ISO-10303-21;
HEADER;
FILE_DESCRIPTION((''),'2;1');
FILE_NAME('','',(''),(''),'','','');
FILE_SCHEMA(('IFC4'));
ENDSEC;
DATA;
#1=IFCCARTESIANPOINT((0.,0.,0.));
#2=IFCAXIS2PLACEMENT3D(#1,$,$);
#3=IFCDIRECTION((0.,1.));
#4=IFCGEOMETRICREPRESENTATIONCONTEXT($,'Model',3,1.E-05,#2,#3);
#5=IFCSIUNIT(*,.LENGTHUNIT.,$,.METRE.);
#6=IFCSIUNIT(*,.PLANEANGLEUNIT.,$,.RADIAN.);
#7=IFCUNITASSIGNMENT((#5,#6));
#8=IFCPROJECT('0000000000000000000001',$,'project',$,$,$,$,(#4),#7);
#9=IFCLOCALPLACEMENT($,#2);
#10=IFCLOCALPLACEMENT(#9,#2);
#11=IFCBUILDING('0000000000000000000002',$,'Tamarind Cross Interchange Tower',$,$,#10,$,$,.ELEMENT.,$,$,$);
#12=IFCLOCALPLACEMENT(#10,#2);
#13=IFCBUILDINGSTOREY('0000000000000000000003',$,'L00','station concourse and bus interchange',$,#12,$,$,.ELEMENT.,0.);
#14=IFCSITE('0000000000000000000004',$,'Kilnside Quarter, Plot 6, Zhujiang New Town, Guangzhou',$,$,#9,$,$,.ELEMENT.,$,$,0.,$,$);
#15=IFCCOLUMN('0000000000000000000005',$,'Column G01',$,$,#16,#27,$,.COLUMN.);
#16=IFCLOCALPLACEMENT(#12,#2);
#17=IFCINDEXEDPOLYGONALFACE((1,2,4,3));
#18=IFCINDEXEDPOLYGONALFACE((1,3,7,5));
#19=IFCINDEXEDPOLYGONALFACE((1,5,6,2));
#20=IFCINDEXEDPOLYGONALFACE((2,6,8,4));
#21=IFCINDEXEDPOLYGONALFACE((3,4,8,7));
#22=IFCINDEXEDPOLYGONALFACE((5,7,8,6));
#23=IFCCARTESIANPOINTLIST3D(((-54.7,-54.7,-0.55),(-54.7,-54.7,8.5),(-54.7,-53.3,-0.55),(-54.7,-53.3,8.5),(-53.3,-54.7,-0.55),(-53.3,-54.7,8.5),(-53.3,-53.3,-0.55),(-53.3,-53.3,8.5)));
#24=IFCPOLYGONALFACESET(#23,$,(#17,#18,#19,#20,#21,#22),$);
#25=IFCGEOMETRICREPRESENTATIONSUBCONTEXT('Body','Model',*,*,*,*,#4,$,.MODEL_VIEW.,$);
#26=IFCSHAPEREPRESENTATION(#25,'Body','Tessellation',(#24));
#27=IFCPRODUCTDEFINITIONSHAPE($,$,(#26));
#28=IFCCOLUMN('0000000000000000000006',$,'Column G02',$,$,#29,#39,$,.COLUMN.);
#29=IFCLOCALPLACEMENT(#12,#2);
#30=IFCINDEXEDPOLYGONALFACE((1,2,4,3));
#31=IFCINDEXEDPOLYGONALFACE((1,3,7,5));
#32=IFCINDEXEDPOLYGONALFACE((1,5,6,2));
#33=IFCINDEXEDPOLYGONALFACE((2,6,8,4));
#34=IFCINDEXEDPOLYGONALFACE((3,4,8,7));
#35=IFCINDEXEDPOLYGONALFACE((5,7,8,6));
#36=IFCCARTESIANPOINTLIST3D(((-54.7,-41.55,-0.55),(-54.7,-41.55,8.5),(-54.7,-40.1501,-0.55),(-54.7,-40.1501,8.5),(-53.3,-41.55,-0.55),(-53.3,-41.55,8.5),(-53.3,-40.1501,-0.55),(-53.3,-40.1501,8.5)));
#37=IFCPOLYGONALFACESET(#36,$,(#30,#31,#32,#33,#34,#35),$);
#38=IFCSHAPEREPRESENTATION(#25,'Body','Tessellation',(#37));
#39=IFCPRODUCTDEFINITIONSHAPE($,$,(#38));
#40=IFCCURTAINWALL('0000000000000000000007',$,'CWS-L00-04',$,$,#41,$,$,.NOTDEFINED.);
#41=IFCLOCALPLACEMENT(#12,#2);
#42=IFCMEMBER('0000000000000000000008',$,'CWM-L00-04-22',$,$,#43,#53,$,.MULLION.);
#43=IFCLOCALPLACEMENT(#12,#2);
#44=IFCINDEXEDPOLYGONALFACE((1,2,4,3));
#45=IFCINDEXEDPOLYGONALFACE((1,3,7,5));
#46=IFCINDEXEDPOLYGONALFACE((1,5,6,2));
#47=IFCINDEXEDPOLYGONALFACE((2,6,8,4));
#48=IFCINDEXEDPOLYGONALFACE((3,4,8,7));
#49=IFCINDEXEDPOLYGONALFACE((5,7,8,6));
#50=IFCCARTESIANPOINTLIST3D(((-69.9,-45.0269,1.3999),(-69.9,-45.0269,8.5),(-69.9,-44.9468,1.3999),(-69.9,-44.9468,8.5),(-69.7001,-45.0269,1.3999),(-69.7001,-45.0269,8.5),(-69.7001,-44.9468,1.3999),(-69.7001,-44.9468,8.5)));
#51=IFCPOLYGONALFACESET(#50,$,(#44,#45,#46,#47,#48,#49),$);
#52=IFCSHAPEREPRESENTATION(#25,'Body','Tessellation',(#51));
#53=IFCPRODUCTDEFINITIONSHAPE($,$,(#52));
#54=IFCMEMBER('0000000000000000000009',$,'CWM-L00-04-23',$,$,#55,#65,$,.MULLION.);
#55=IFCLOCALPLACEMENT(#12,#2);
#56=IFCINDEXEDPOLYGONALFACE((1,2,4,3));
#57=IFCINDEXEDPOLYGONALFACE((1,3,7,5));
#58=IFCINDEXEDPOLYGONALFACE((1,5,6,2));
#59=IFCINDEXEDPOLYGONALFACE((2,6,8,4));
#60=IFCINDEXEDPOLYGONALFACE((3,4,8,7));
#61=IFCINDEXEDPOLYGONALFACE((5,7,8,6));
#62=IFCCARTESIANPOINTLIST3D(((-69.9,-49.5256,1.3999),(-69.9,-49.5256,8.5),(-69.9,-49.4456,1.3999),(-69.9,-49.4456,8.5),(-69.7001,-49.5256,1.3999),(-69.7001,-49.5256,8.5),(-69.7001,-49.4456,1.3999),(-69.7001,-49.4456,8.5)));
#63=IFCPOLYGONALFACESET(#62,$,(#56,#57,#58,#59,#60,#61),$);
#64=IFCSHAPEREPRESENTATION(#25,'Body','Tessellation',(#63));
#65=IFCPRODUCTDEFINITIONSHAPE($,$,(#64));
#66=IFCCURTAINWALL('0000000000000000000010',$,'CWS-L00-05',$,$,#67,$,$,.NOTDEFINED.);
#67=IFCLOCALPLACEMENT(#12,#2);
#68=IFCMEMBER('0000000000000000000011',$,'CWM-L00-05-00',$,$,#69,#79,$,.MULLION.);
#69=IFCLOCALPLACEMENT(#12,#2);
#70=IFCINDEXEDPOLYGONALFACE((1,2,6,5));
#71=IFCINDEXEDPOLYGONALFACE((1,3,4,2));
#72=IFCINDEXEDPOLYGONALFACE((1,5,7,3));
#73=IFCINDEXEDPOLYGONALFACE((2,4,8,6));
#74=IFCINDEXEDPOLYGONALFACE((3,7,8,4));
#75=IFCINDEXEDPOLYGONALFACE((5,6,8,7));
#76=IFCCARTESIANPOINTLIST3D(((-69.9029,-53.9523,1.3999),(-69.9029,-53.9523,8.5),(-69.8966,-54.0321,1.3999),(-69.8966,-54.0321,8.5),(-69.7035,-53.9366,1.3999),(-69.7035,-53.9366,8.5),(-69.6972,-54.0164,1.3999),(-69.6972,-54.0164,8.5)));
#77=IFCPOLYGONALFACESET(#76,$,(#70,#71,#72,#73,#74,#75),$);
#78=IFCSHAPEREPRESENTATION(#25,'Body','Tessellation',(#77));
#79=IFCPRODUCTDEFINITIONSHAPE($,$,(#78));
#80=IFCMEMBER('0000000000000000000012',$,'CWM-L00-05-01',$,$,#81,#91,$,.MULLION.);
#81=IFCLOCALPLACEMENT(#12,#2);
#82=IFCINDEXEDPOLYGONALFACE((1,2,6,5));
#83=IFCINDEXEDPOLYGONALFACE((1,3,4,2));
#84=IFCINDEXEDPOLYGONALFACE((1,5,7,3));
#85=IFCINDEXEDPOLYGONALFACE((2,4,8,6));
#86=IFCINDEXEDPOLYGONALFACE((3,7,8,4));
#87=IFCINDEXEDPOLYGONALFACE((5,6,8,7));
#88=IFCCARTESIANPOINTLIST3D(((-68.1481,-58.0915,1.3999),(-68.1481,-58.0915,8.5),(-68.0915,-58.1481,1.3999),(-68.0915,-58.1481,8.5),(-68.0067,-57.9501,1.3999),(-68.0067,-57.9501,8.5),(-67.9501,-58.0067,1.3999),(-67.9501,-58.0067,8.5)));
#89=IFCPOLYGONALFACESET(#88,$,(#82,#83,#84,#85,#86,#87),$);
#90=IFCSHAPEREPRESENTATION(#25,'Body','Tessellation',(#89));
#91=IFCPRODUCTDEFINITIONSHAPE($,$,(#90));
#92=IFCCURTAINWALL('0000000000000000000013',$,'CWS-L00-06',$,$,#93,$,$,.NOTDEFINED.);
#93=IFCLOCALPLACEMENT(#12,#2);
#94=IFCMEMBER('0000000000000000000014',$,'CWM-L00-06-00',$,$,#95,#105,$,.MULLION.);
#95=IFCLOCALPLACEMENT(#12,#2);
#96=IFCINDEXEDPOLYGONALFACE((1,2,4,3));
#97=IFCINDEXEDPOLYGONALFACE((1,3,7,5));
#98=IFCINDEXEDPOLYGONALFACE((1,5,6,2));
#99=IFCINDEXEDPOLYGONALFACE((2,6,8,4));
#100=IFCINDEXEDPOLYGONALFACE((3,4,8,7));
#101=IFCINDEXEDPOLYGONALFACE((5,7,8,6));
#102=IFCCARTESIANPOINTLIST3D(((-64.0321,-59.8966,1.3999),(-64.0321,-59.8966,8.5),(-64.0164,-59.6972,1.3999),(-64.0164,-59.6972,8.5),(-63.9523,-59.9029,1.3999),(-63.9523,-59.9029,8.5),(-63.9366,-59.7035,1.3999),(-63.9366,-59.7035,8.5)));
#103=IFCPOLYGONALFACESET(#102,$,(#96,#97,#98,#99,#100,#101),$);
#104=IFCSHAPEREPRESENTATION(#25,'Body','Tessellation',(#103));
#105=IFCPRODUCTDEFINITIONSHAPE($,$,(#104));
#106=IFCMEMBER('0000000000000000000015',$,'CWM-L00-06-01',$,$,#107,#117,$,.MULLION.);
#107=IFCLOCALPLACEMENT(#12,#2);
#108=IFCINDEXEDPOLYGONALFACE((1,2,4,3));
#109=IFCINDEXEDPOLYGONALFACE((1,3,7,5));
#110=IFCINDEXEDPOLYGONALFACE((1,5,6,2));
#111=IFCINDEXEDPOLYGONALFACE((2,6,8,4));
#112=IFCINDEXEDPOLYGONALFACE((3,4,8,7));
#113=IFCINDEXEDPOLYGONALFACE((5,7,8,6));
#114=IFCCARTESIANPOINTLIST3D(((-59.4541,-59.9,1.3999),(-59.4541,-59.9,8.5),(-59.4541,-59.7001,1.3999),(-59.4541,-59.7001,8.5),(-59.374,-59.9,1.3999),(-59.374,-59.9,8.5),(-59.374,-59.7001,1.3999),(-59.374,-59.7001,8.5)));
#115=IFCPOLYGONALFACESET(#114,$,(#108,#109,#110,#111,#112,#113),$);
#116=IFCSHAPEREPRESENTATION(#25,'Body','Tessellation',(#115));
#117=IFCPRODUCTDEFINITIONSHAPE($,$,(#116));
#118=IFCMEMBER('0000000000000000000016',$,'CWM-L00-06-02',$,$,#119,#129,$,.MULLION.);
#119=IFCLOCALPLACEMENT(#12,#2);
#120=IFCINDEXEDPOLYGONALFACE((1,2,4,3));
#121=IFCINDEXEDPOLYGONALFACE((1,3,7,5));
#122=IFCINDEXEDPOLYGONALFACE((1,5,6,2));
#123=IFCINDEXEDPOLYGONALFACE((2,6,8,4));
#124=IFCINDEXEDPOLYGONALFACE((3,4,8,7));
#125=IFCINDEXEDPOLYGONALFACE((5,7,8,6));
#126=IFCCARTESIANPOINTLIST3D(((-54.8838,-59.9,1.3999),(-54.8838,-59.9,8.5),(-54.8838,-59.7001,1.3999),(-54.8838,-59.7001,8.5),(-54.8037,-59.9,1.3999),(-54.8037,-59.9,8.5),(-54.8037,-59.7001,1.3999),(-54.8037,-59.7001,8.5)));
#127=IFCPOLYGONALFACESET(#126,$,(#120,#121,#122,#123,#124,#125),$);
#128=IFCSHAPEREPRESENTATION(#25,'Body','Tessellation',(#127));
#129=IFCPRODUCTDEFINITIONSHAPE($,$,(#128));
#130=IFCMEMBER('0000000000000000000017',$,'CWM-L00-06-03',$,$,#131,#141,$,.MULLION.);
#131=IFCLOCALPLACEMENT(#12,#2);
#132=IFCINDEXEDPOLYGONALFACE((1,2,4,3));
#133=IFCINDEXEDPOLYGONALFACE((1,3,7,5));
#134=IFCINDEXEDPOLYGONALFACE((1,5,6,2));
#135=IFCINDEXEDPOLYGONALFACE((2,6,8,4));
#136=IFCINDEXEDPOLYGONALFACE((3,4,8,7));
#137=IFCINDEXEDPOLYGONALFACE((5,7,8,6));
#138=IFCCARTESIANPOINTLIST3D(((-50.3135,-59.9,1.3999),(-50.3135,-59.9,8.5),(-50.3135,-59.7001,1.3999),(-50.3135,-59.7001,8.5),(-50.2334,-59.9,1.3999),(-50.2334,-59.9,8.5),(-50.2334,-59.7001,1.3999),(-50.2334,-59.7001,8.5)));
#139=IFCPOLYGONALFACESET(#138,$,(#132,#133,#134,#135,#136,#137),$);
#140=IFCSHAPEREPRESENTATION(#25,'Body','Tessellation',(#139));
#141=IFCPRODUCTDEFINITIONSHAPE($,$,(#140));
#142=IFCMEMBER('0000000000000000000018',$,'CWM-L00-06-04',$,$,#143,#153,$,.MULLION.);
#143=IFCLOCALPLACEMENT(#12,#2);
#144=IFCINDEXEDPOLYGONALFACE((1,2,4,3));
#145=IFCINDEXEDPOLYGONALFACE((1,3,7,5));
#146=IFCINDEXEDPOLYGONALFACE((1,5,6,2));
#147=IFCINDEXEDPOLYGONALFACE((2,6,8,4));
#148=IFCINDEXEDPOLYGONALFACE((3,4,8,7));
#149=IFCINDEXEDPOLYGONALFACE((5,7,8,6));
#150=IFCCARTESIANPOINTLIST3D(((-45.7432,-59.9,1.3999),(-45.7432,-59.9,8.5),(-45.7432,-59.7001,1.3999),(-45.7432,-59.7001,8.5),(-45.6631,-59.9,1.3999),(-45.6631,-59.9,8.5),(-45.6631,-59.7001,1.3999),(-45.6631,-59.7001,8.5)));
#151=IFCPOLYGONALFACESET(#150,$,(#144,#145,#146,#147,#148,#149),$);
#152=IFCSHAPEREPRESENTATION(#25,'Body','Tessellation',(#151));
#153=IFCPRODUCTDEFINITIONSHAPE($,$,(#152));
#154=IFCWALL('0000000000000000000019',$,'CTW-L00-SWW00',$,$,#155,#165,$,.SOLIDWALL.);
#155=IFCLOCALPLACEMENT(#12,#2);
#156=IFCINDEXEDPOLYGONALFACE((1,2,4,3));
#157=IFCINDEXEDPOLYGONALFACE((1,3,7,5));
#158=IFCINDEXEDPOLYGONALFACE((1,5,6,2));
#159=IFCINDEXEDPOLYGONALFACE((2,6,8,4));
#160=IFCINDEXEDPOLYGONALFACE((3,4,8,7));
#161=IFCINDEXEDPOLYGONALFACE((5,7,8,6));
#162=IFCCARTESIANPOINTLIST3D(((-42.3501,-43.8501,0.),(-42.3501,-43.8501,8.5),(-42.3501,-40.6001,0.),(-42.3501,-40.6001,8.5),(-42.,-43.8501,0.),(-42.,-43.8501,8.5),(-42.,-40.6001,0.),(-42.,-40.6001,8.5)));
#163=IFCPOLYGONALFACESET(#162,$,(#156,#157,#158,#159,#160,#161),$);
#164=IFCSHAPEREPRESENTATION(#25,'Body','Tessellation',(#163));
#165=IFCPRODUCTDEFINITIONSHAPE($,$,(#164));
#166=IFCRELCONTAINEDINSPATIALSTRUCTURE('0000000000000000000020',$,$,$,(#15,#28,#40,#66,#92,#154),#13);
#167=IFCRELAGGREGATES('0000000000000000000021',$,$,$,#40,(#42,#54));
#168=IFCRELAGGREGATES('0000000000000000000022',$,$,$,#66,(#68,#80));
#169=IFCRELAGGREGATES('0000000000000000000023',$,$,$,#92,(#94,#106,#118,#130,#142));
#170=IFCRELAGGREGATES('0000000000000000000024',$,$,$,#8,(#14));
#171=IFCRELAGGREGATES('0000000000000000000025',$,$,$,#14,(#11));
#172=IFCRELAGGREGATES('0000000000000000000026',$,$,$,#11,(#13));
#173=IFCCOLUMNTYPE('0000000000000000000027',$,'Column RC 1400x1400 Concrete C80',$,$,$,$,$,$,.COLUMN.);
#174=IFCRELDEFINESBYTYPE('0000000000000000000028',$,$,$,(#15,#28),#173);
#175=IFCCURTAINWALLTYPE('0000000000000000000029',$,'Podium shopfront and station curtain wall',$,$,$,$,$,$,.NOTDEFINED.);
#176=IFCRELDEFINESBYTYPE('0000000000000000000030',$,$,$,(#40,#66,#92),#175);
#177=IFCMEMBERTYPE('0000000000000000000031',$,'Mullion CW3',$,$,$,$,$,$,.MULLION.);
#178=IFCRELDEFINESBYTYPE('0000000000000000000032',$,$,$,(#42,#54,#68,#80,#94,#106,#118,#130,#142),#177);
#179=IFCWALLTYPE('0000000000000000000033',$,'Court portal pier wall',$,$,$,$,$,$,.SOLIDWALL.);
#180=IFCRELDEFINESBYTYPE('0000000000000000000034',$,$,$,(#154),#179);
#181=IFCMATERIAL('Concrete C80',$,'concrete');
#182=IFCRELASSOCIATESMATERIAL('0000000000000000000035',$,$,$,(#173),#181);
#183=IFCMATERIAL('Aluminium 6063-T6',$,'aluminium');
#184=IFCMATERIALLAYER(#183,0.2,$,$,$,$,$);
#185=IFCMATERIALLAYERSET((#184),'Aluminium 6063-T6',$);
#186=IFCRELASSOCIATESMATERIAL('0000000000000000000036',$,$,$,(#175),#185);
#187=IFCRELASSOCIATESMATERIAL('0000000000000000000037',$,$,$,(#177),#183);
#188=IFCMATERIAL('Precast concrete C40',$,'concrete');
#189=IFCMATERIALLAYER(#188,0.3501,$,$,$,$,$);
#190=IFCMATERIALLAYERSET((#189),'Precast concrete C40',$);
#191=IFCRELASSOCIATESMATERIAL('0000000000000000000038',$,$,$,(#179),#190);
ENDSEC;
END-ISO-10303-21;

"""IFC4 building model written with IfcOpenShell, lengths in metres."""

from ifc_helpers import new_model, si_unit, direction, frame, frame_2d, origin, origin_2d, place, context, subcontext, project, spatial, rectangle, extrude, material, layer, layer_set, material_profile, profile_set, type_object, element, aggregate, save


model = new_model("IFC4")

# Units and contexts
model_context = context("Model", 3, precision=1e-05, world=origin(), true_north=direction((0.0, 1.0)))
body_context = subcontext(model_context, "Body", "Model", "MODEL_VIEW")
ifc_project = project(units=[si_unit("LENGTHUNIT", "METRE"), si_unit("PLANEANGLEUNIT", "RADIAN")], contexts=[model_context])

# Site, building, storey
site_placement = place(None, origin())
site = spatial("IfcSite", under=ifc_project, at=site_placement, Name="Kilnside Quarter, Plot 6, Zhujiang New Town, Guangzhou", CompositionType="ELEMENT", RefElevation=0.0)
building_placement = place(site_placement, origin())
building = spatial("IfcBuilding", under=site, at=building_placement, Name="Tamarind Cross Interchange Tower", CompositionType="ELEMENT")
storey_placement = place(building_placement, origin())
storey = spatial("IfcBuildingStorey", under=building, at=storey_placement, Name="L00", Description="station concourse and bus interchange", CompositionType="ELEMENT", Elevation=0.0)

# Columns
ifc_material_1 = material(Name="Concrete C80", Category="concrete")
ifc_material_profile_1 = material_profile(ifc_material_1, rectangle(XDim=1.3999, YDim=1.3999, at=origin_2d()), Name="RC 1400x1400")
ifc_profile_set_1 = profile_set([ifc_material_profile_1], Name="Concrete C80")
column_type = type_object("IfcColumnType", Name="Column RC 1400x1400 Concrete C80", PredefinedType="COLUMN", material=ifc_profile_set_1)
for number, where, z_axis, x_axis, name in (
    (1, (-54.0, -54.0, -0.55), (0.0, 0.0, 1.0), (1.0, 0.0, 0.0), "Column G01"),
    (2, (-54.0, -40.8501, -0.55), (0.0, 0.0, 1.0), (1.0, 0.0, 0.0), "Column G02"),
):
    element("IfcColumn", number, at=place(storey_placement, frame(where, z_axis=z_axis, x_axis=x_axis)), inside=storey, type_object=column_type, Name=name, PredefinedType="COLUMN", context=body_context, shape_type="SweptSolid", body=[
        extrude(rectangle(XDim=1.3999, YDim=1.3999, at=origin_2d()), origin(), (0.0, 0.0, 1.0), 9.05),
    ])

# Curtain walls, members
ifc_material_2 = material(Name="Aluminium 6063-T6", Category="aluminium")
ifc_layer_1 = layer(ifc_material_2, 0.2)
ifc_layer_set_1 = layer_set([ifc_layer_1], Name="Aluminium 6063-T6")
curtain_wall_type = type_object("IfcCurtainWallType", Name="Podium shopfront and station curtain wall", PredefinedType="NOTDEFINED", material=ifc_layer_set_1)
curtain_wall_1_placement = place(storey_placement, origin())
curtain_wall_1 = element("IfcCurtainWall", 3, at=curtain_wall_1_placement, inside=storey, type_object=curtain_wall_type, Name="CWS-L00-04", PredefinedType="NOTDEFINED")
ifc_material_profile_2 = material_profile(ifc_material_2, rectangle(XDim=0.0801, YDim=0.2, at=origin_2d()), Name="Mullion CW3")
ifc_profile_set_2 = profile_set([ifc_material_profile_2], Name="Aluminium 6063-T6")
member_type = type_object("IfcMemberType", Name="Mullion CW3", PredefinedType="MULLION", material=ifc_profile_set_2)
member_1_placement = place(storey_placement, frame((-69.8, -44.9868, 1.3999), z_axis=(0.0, 0.0, 1.0), x_axis=(0.0, -1.0, 0.0)))
member_1 = element("IfcMember", 4, at=member_1_placement, type_object=member_type, Name="CWM-L00-04-22", PredefinedType="MULLION", context=body_context, shape_type="SweptSolid", body=[
    extrude(rectangle(XDim=0.0801, YDim=0.2, at=origin_2d()), origin(), (0.0, 0.0, 1.0), 7.1001),
])
member_2_placement = place(storey_placement, frame((-69.8, -49.4856, 1.3999), z_axis=(0.0, 0.0, 1.0), x_axis=(0.0, -1.0, 0.0)))
member_2 = element("IfcMember", 5, at=member_2_placement, type_object=member_type, Name="CWM-L00-04-23", PredefinedType="MULLION", context=body_context, shape_type="SweptSolid", body=[
    extrude(rectangle(XDim=0.0801, YDim=0.2, at=origin_2d()), origin(), (0.0, 0.0, 1.0), 7.1001),
])
aggregate(curtain_wall_1, [member_1, member_2])
curtain_wall_2_placement = place(storey_placement, origin())
curtain_wall_2 = element("IfcCurtainWall", 6, at=curtain_wall_2_placement, inside=storey, type_object=curtain_wall_type, Name="CWS-L00-05", PredefinedType="NOTDEFINED")
member_3_placement = place(storey_placement, frame((-69.8, -53.9844, 1.3999), z_axis=(0.0, 0.0, 1.0), x_axis=(0.078459, -0.996917, 0.0)))
member_3 = element("IfcMember", 7, at=member_3_placement, type_object=member_type, Name="CWM-L00-05-00", PredefinedType="MULLION", context=body_context, shape_type="SweptSolid", body=[
    extrude(rectangle(XDim=0.0801, YDim=0.2, at=origin_2d()), origin(), (0.0, 0.0, 1.0), 7.1001),
])
member_4_placement = place(storey_placement, frame((-68.0491, -58.0491, 1.3999), z_axis=(0.0, 0.0, 1.0), x_axis=(0.707107, -0.707107, 0.0)))
member_4 = element("IfcMember", 8, at=member_4_placement, type_object=member_type, Name="CWM-L00-05-01", PredefinedType="MULLION", context=body_context, shape_type="SweptSolid", body=[
    extrude(rectangle(XDim=0.0801, YDim=0.2, at=origin_2d()), origin(), (0.0, 0.0, 1.0), 7.1001),
])
aggregate(curtain_wall_2, [member_3, member_4])
curtain_wall_3_placement = place(storey_placement, origin())
curtain_wall_3 = element("IfcCurtainWall", 9, at=curtain_wall_3_placement, inside=storey, type_object=curtain_wall_type, Name="CWS-L00-06", PredefinedType="NOTDEFINED")
member_5_placement = place(storey_placement, frame((-63.9844, -59.8, 1.3999), z_axis=(0.0, 0.0, 1.0), x_axis=(0.996917, -0.078459, 0.0)))
member_5 = element("IfcMember", 10, at=member_5_placement, type_object=member_type, Name="CWM-L00-06-00", PredefinedType="MULLION", context=body_context, shape_type="SweptSolid", body=[
    extrude(rectangle(XDim=0.0801, YDim=0.2, at=origin_2d()), origin(), (0.0, 0.0, 1.0), 7.1001),
])
member_6_placement = place(storey_placement, frame((-59.4141, -59.8, 1.3999), z_axis=(0.0, 0.0, 1.0), x_axis=(1.0, 0.0, 0.0)))
member_6 = element("IfcMember", 11, at=member_6_placement, type_object=member_type, Name="CWM-L00-06-01", PredefinedType="MULLION", context=body_context, shape_type="SweptSolid", body=[
    extrude(rectangle(XDim=0.0801, YDim=0.2, at=origin_2d()), origin(), (0.0, 0.0, 1.0), 7.1001),
])
member_7_placement = place(storey_placement, frame((-54.8438, -59.8, 1.3999), z_axis=(0.0, 0.0, 1.0), x_axis=(1.0, 0.0, 0.0)))
member_7 = element("IfcMember", 12, at=member_7_placement, type_object=member_type, Name="CWM-L00-06-02", PredefinedType="MULLION", context=body_context, shape_type="SweptSolid", body=[
    extrude(rectangle(XDim=0.0801, YDim=0.2, at=origin_2d()), origin(), (0.0, 0.0, 1.0), 7.1001),
])
member_8_placement = place(storey_placement, frame((-50.2734, -59.8, 1.3999), z_axis=(0.0, 0.0, 1.0), x_axis=(1.0, 0.0, 0.0)))
member_8 = element("IfcMember", 13, at=member_8_placement, type_object=member_type, Name="CWM-L00-06-03", PredefinedType="MULLION", context=body_context, shape_type="SweptSolid", body=[
    extrude(rectangle(XDim=0.0801, YDim=0.2, at=origin_2d()), origin(), (0.0, 0.0, 1.0), 7.1001),
])
member_9_placement = place(storey_placement, frame((-45.7031, -59.8, 1.3999), z_axis=(0.0, 0.0, 1.0), x_axis=(1.0, 0.0, 0.0)))
member_9 = element("IfcMember", 14, at=member_9_placement, type_object=member_type, Name="CWM-L00-06-04", PredefinedType="MULLION", context=body_context, shape_type="SweptSolid", body=[
    extrude(rectangle(XDim=0.0801, YDim=0.2, at=origin_2d()), origin(), (0.0, 0.0, 1.0), 7.1001),
])
aggregate(curtain_wall_3, [member_5, member_6, member_7, member_8, member_9])

# Wall
ifc_material_3 = material(Name="Precast concrete C40", Category="concrete")
ifc_layer_2 = layer(ifc_material_3, 0.3501)
ifc_layer_set_2 = layer_set([ifc_layer_2], Name="Precast concrete C40")
wall_type_1 = type_object("IfcWallType", Name="Court portal pier wall", PredefinedType="SOLIDWALL", material=ifc_layer_set_2)
wall_1_placement = place(storey_placement, frame((-42.175, -43.8501, 0.0), z_axis=(0.0, 0.0, 1.0), x_axis=(0.0, 1.0, 0.0)))
element("IfcWall", 15, at=wall_1_placement, inside=storey, type_object=wall_type_1, Name="CTW-L00-SWW00", PredefinedType="SOLIDWALL", context=body_context, shape_type="SweptSolid", body=[
    extrude(rectangle(XDim=3.25, YDim=0.3501, at=frame_2d((1.625, 0.0))), origin(), (0.0, 0.0, 1.0), 8.5),
])

save(model, "model.ifc")
